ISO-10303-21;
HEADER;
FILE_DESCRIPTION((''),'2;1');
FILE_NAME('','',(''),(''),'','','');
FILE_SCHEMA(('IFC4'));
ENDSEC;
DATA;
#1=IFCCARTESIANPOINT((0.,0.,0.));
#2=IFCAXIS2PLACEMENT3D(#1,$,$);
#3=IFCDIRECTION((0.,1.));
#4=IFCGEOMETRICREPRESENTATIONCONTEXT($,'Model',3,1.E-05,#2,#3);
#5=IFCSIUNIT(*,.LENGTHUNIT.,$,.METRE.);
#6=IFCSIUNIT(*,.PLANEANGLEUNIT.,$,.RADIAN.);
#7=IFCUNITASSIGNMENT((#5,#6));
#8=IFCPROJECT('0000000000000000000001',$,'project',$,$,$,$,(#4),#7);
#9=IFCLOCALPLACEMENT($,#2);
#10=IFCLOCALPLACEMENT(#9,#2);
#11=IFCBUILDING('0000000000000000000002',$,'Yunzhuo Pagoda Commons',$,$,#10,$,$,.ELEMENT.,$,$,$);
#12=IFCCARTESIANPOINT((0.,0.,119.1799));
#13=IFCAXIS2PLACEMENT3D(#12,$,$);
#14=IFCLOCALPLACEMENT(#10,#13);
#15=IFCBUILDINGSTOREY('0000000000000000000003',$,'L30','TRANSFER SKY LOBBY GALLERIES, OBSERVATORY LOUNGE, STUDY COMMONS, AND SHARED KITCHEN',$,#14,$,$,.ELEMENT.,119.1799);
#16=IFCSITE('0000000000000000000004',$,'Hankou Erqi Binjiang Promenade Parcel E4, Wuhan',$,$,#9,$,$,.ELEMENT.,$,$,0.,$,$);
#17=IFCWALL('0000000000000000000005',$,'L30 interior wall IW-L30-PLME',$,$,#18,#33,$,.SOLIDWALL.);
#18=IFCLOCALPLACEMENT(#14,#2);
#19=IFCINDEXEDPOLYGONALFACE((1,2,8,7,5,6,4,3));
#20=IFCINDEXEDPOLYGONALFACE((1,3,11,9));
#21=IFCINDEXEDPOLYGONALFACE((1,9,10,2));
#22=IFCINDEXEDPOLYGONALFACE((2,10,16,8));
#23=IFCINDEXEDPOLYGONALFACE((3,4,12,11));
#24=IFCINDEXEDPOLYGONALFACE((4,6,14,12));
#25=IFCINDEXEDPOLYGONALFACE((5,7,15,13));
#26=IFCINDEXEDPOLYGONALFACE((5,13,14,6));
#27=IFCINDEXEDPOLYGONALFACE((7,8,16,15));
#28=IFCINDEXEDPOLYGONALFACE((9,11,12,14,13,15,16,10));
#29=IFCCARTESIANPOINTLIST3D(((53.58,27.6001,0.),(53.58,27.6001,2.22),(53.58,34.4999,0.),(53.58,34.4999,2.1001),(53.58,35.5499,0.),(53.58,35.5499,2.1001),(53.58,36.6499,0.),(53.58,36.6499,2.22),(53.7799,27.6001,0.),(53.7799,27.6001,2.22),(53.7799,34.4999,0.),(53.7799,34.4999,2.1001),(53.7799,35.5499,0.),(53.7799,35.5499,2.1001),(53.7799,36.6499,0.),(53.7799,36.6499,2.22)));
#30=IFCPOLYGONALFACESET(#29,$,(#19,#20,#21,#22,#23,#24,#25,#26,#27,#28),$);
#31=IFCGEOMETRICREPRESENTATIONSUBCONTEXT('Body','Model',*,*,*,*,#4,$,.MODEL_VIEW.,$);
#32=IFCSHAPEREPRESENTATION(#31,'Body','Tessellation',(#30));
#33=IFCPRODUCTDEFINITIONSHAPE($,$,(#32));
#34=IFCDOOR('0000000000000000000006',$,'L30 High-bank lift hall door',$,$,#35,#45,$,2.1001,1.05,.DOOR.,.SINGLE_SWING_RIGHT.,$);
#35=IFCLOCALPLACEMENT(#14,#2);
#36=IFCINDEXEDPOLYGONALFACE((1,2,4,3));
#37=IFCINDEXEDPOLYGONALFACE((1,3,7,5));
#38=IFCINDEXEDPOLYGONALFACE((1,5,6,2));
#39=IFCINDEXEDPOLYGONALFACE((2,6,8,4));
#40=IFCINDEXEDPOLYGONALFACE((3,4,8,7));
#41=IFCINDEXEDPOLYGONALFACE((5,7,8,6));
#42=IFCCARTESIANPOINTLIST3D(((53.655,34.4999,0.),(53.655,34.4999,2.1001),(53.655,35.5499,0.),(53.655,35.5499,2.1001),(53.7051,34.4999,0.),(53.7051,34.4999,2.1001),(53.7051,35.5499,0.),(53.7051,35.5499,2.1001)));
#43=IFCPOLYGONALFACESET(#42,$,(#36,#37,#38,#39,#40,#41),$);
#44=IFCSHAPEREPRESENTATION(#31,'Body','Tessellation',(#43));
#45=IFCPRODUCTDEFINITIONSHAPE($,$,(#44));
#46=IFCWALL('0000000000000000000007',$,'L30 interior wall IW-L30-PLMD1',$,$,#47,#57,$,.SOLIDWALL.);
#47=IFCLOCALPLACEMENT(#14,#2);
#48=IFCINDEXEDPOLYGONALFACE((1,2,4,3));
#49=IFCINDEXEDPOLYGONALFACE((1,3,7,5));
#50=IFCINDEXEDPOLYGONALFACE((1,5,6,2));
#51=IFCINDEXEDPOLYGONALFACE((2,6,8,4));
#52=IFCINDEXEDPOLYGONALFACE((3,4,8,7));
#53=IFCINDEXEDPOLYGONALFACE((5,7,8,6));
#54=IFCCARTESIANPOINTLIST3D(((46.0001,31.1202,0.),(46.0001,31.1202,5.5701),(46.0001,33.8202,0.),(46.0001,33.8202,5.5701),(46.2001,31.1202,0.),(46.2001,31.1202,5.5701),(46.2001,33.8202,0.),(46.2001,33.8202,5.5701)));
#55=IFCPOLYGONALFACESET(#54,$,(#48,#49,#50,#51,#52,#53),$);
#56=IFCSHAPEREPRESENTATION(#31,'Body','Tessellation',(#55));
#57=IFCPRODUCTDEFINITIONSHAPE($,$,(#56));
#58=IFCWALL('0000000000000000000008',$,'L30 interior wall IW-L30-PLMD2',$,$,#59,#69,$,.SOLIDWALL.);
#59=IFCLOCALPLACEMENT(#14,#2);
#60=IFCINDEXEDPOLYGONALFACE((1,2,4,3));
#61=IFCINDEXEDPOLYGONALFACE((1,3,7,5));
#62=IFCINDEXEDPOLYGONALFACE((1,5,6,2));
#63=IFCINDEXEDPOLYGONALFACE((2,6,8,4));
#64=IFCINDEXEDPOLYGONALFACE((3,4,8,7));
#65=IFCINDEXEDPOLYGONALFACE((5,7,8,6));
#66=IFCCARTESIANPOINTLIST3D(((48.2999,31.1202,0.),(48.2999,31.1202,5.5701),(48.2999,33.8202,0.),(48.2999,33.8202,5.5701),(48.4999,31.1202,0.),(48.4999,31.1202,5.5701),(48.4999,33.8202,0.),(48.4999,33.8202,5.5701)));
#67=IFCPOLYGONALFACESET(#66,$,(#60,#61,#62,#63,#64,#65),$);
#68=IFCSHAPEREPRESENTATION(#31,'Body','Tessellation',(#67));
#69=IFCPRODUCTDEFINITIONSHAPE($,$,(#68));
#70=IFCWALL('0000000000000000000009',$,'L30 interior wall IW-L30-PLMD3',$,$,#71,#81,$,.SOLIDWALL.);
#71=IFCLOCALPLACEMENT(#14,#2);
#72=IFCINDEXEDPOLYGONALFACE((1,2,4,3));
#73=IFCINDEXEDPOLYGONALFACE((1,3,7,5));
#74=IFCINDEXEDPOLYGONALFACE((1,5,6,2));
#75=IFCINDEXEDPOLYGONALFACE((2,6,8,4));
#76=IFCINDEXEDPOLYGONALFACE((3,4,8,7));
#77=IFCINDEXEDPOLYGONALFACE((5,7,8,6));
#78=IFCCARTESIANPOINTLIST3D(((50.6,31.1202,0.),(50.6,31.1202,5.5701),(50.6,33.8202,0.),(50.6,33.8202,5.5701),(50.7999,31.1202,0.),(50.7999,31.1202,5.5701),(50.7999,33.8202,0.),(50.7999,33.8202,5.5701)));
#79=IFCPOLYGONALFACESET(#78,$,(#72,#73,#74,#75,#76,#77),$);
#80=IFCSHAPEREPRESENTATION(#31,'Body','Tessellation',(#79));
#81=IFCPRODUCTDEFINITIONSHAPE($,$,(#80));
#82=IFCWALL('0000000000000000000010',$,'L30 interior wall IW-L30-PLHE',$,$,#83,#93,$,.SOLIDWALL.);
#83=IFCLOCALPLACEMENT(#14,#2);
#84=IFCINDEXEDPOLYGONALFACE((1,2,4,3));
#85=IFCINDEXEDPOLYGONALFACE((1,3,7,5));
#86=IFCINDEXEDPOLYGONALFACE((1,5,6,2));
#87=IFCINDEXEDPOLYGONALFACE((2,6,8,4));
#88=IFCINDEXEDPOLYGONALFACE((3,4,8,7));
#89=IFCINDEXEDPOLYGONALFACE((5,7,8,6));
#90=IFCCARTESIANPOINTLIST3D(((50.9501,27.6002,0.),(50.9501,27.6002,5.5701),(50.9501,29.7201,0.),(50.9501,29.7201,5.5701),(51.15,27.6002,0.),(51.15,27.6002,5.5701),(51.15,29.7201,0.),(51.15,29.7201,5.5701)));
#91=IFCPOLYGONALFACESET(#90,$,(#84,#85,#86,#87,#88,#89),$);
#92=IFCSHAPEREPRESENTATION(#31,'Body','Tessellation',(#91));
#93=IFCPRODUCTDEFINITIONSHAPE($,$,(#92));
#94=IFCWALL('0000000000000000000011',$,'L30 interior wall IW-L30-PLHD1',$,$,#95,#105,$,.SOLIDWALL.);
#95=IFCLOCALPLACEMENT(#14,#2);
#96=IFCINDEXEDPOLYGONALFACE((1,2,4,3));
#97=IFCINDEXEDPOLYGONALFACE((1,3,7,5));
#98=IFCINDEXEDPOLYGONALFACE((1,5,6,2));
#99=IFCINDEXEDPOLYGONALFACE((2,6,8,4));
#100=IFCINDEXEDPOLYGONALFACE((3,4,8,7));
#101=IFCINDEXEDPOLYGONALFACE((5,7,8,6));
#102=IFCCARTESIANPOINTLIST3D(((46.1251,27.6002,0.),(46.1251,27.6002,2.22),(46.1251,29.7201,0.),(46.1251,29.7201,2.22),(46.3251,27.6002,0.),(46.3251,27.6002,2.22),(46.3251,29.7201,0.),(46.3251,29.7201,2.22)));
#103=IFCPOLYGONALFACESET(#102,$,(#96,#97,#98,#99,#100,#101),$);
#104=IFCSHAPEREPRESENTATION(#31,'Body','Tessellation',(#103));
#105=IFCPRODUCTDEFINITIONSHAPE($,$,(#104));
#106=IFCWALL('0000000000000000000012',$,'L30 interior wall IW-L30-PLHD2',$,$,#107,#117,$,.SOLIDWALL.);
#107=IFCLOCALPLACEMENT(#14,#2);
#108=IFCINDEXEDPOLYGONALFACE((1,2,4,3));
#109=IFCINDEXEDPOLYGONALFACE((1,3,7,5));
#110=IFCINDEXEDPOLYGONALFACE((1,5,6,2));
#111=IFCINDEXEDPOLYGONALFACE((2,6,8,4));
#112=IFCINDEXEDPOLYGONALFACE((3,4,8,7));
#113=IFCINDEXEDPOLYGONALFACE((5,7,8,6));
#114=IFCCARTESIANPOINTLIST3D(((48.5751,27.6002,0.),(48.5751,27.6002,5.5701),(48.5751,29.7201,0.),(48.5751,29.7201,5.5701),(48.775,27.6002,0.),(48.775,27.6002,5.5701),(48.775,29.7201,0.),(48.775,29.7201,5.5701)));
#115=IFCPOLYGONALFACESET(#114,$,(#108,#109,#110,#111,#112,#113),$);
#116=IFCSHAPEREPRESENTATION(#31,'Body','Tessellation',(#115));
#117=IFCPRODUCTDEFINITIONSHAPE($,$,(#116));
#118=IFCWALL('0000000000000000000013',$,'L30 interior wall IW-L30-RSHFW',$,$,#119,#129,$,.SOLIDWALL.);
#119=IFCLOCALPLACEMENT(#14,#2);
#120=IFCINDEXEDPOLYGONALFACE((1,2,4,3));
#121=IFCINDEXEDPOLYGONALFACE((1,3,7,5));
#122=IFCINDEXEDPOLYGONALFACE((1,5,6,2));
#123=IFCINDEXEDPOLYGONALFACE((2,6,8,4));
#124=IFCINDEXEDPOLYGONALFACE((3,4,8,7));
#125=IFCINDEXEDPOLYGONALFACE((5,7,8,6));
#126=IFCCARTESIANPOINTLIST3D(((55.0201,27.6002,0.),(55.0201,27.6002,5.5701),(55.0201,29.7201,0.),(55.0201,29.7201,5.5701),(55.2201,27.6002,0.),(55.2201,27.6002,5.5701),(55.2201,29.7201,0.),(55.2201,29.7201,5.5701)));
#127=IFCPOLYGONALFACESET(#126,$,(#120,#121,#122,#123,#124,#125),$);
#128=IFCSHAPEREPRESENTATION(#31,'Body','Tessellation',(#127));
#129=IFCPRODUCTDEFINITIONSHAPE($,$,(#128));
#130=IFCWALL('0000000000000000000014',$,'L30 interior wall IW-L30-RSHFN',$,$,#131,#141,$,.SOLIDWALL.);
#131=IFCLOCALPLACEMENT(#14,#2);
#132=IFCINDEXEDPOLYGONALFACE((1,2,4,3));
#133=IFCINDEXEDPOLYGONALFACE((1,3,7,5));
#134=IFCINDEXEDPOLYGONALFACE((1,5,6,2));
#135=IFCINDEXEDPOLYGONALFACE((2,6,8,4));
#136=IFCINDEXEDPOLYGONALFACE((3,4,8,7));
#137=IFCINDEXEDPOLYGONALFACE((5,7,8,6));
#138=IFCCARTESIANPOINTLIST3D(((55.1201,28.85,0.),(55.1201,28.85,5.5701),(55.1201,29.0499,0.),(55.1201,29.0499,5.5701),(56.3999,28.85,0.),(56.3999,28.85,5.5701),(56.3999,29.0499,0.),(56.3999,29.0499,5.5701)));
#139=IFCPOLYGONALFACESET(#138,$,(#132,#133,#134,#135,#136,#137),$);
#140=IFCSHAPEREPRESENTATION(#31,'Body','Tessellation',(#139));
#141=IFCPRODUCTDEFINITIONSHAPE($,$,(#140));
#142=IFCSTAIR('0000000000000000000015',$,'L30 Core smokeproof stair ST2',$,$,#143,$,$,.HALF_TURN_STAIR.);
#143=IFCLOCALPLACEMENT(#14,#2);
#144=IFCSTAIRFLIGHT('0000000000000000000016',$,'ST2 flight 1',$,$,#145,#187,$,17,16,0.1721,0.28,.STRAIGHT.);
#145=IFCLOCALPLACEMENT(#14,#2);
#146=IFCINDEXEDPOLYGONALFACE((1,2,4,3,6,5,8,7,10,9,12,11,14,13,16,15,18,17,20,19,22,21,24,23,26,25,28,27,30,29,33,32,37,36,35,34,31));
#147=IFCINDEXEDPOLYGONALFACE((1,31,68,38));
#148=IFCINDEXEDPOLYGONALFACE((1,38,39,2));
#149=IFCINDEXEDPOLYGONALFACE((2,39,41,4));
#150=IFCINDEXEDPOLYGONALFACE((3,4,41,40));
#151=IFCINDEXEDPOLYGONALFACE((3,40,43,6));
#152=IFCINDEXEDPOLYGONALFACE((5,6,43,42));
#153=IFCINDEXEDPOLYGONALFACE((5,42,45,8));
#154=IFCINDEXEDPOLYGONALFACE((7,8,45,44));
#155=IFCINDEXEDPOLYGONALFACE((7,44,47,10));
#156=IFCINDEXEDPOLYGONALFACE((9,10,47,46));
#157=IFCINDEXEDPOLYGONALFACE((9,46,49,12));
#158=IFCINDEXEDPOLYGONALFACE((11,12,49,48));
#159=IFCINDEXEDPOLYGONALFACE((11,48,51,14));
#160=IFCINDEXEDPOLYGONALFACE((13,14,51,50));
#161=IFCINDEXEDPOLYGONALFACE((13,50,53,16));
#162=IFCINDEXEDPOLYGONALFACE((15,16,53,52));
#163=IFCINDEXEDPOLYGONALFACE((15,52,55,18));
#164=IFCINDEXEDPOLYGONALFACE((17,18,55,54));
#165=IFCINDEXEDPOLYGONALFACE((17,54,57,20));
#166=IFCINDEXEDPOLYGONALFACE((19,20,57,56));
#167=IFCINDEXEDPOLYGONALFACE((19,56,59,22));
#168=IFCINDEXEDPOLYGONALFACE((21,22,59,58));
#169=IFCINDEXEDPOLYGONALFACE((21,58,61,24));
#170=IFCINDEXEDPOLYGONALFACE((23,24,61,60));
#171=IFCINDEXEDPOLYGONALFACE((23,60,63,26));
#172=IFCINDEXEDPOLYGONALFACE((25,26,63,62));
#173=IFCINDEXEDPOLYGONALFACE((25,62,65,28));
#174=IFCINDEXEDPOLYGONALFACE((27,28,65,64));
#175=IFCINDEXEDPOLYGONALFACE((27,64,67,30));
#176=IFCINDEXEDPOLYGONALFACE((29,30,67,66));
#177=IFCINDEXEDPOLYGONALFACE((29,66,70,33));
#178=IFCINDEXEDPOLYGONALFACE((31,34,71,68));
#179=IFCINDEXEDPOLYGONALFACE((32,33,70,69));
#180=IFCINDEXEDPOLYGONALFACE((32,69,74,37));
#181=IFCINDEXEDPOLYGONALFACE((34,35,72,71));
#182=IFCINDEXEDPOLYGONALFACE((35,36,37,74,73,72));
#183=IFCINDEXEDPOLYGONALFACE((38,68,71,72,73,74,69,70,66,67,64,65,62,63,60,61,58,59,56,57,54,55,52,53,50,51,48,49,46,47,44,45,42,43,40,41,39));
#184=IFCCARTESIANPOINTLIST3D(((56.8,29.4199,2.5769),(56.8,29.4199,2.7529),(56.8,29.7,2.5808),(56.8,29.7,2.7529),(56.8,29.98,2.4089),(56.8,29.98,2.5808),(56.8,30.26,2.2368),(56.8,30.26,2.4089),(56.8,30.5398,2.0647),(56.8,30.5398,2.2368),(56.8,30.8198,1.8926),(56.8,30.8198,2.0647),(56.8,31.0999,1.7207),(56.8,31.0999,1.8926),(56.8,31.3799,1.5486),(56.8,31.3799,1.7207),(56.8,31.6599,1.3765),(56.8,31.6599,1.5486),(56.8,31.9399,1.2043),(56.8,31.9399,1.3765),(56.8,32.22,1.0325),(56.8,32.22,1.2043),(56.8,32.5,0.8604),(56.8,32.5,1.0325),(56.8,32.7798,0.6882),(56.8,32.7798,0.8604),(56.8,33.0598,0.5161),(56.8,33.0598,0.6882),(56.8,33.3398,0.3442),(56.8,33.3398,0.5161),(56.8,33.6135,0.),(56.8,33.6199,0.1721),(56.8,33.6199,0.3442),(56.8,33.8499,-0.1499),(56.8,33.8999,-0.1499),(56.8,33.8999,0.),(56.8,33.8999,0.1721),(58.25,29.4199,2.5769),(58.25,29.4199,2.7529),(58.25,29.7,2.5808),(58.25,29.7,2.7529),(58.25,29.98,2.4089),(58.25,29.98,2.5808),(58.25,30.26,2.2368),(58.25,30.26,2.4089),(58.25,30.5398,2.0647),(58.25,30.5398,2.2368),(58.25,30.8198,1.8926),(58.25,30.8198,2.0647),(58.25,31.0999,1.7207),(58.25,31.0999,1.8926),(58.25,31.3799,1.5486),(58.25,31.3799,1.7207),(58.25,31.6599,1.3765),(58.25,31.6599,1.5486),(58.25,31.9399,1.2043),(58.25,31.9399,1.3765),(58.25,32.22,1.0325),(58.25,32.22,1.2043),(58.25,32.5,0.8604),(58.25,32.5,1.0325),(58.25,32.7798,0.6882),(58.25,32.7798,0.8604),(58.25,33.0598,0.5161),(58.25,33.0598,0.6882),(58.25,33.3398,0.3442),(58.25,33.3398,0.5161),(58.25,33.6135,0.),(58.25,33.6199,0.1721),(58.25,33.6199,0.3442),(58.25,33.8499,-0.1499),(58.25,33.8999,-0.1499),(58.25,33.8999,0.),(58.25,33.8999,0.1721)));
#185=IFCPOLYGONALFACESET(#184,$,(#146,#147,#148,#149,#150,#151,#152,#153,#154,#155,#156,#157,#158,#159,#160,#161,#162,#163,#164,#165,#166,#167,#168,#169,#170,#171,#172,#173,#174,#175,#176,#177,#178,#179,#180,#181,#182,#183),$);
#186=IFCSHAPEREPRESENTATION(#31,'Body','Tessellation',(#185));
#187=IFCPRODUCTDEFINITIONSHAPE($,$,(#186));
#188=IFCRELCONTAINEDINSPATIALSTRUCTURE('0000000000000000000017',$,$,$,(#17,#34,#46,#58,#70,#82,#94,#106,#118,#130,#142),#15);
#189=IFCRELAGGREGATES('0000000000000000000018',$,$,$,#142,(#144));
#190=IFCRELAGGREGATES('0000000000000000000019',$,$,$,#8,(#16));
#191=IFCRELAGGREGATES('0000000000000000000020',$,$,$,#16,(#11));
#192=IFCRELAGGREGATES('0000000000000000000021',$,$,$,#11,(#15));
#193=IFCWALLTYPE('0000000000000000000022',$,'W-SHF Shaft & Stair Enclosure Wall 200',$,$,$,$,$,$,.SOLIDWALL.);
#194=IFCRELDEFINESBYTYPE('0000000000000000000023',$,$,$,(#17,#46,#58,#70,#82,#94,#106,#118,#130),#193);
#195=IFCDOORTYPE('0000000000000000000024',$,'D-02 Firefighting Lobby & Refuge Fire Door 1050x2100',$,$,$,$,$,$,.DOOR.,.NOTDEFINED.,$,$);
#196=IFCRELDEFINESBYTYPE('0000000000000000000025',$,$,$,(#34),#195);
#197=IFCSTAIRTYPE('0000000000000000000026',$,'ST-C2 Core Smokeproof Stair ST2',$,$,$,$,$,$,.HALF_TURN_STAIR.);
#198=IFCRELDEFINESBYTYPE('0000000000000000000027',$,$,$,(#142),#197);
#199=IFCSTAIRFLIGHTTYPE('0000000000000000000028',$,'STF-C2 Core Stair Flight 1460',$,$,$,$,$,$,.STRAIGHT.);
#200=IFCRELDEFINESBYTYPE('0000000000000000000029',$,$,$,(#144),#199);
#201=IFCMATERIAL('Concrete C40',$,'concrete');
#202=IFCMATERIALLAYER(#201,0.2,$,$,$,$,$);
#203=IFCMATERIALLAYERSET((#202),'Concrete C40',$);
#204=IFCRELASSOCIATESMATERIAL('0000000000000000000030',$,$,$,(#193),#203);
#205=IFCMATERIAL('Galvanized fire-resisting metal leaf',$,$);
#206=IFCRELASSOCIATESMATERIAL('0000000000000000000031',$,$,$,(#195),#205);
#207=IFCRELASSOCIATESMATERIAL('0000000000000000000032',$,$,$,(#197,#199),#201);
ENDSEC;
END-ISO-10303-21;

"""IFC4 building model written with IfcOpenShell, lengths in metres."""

from ifc_helpers import new_model, si_unit, direction, frame, frame_2d, origin, origin_with_axes, place, context, subcontext, project, spatial, polyline, rectangle, outline, extrude, source, transform, mapped, material, layer, layer_set, type_object, element, fill, aggregate, save


model = new_model("IFC4")

# Units and contexts
model_context = context("Model", 3, precision=1e-05, world=origin(), true_north=direction((0.0, 1.0)))
body_context = subcontext(model_context, "Body", "Model", "MODEL_VIEW")
ifc_project = project(units=[si_unit("LENGTHUNIT", "METRE"), si_unit("PLANEANGLEUNIT", "RADIAN")], contexts=[model_context])

# Site, building, storey
site_placement = place(None, origin())
site = spatial("IfcSite", under=ifc_project, at=site_placement, Name="Hankou Erqi Binjiang Promenade Parcel E4, Wuhan", CompositionType="ELEMENT", RefElevation=0.0)
building_placement = place(site_placement, origin())
building = spatial("IfcBuilding", under=site, at=building_placement, Name="Yunzhuo Pagoda Commons", CompositionType="ELEMENT")
storey_placement = place(building_placement, frame((0.0, 0.0, 119.1799)))
storey = spatial("IfcBuildingStorey", under=building, at=storey_placement, Name="L30", Description="TRANSFER SKY LOBBY GALLERIES, OBSERVATORY LOUNGE, STUDY COMMONS, AND SHARED KITCHEN", CompositionType="ELEMENT", Elevation=119.1799)

# Wall, opening, door
ifc_material_1 = material(Name="Galvanized fire-resisting metal leaf")
ifc_material_2 = material(Name="Concrete C40", Category="concrete")
ifc_layer_1 = layer(ifc_material_2, 0.2)
ifc_layer_set_1 = layer_set([ifc_layer_1], Name="Concrete C40")
wall_type_1 = type_object("IfcWallType", Name="W-SHF Shaft & Stair Enclosure Wall 200", PredefinedType="SOLIDWALL", material=ifc_layer_set_1)
wall_1_placement = place(storey_placement, frame((53.6799, 27.6001, 0.0), z_axis=(0.0, 0.0, 1.0), x_axis=(0.0, 1.0, 0.0)))
wall_1 = element("IfcWall", 1, at=wall_1_placement, inside=storey, type_object=wall_type_1, Name="L30 interior wall IW-L30-PLME", PredefinedType="SOLIDWALL", context=body_context, shape_type="SweptSolid", body=[
    extrude(rectangle(XDim=9.0498, YDim=0.2, at=frame_2d((4.5249, 0.0))), origin(), (0.0, 0.0, 1.0), 2.22),
])
opening_1_placement = place(wall_1_placement, frame((6.8999, 0.0, 0.0)))
opening_1 = element("IfcOpeningElement", 2, at=opening_1_placement, cuts=wall_1, PredefinedType="OPENING", context=body_context, shape_type="SweptSolid", body=[
    extrude(rectangle(XDim=1.05, YDim=2.1001, at=frame_2d((0.5249, 1.05))), frame((0.0, 0.1099, 0.0), z_axis=(0.0, -1.0, 0.0), x_axis=(1.0, 0.0, 0.0)), (0.0, 0.0, 1.0), 0.22),
])
door_type_1 = type_object("IfcDoorType", Name="D-02 Firefighting Lobby & Refuge Fire Door 1050x2100", OperationType="NOTDEFINED", PredefinedType="DOOR", material=ifc_material_1)
shared_shape_1 = source(origin(), body_context, "Body", "SweptSolid", [
    extrude(rectangle(XDim=1.05, YDim=2.1001, at=frame_2d((0.5249, 1.05))), frame((0.0, 0.0249, 0.0), z_axis=(0.0, -1.0, 0.0), x_axis=(1.0, 0.0, 0.0)), (0.0, 0.0, 1.0), 0.05),
])
door_1_placement = place(opening_1_placement, origin_with_axes())
door_1 = element("IfcDoor", 3, at=door_1_placement, inside=storey, type_object=door_type_1, Name="L30 High-bank lift hall door", OperationType="SINGLE_SWING_RIGHT", OverallHeight=2.1001, OverallWidth=1.05, PredefinedType="DOOR", context=body_context, shape_type="MappedRepresentation", body=[
    mapped(shared_shape_1, transform((0.0, 0.0, 0.0), scale=1.0)),
])
fill(opening_1, door_1)

# Walls
for number, where, z_axis, x_axis, name in (
    (4, (46.1001, 31.1201, 0.0), (0.0, 0.0, 1.0), (0.0, 1.0, 0.0), "L30 interior wall IW-L30-PLMD1"),
    (5, (48.3999, 31.1201, 0.0), (0.0, 0.0, 1.0), (0.0, 1.0, 0.0), "L30 interior wall IW-L30-PLMD2"),
    (6, (50.7, 31.1201, 0.0), (0.0, 0.0, 1.0), (0.0, 1.0, 0.0), "L30 interior wall IW-L30-PLMD3"),
):
    element("IfcWall", number, at=place(storey_placement, frame(where, z_axis=z_axis, x_axis=x_axis)), inside=storey, type_object=wall_type_1, Name=name, PredefinedType="SOLIDWALL", context=body_context, shape_type="SweptSolid", body=[
        extrude(rectangle(XDim=2.7, YDim=0.2, at=frame_2d((1.3501, 0.0))), origin(), (0.0, 0.0, 1.0), 5.5701),
    ])
wall_2_placement = place(storey_placement, frame((51.05, 27.6001, 0.0), z_axis=(0.0, 0.0, 1.0), x_axis=(0.0, 1.0, 0.0)))
element("IfcWall", 7, at=wall_2_placement, inside=storey, type_object=wall_type_1, Name="L30 interior wall IW-L30-PLHE", PredefinedType="SOLIDWALL", context=body_context, shape_type="SweptSolid", body=[
    extrude(rectangle(XDim=2.1199, YDim=0.2, at=frame_2d((1.0601, 0.0))), origin(), (0.0, 0.0, 1.0), 5.5701),
])
wall_3_placement = place(storey_placement, frame((46.2251, 27.6001, 0.0), z_axis=(0.0, 0.0, 1.0), x_axis=(0.0, 1.0, 0.0)))
element("IfcWall", 8, at=wall_3_placement, inside=storey, type_object=wall_type_1, Name="L30 interior wall IW-L30-PLHD1", PredefinedType="SOLIDWALL", context=body_context, shape_type="SweptSolid", body=[
    extrude(rectangle(XDim=2.1199, YDim=0.2, at=frame_2d((1.0601, 0.0))), origin(), (0.0, 0.0, 1.0), 2.22),
])
for number, where, z_axis, x_axis, name in (
    (9, (48.675, 27.6001, 0.0), (0.0, 0.0, 1.0), (0.0, 1.0, 0.0), "L30 interior wall IW-L30-PLHD2"),
    (10, (55.1201, 27.6001, 0.0), (0.0, 0.0, 1.0), (0.0, 1.0, 0.0), "L30 interior wall IW-L30-RSHFW"),
):
    element("IfcWall", number, at=place(storey_placement, frame(where, z_axis=z_axis, x_axis=x_axis)), inside=storey, type_object=wall_type_1, Name=name, PredefinedType="SOLIDWALL", context=body_context, shape_type="SweptSolid", body=[
        extrude(rectangle(XDim=2.1199, YDim=0.2, at=frame_2d((1.0601, 0.0))), origin(), (0.0, 0.0, 1.0), 5.5701),
    ])
wall_4_placement = place(storey_placement, frame((55.1201, 28.95, 0.0), z_axis=(0.0, 0.0, 1.0), x_axis=(1.0, 0.0, 0.0)))
element("IfcWall", 11, at=wall_4_placement, inside=storey, type_object=wall_type_1, Name="L30 interior wall IW-L30-RSHFN", PredefinedType="SOLIDWALL", context=body_context, shape_type="SweptSolid", body=[
    extrude(rectangle(XDim=1.2798, YDim=0.2, at=frame_2d((0.6399, 0.0))), origin(), (0.0, 0.0, 1.0), 5.5701),
])

# Stair, stair flight
stair_type = type_object("IfcStairType", Name="ST-C2 Core Smokeproof Stair ST2", PredefinedType="HALF_TURN_STAIR", material=ifc_material_2)
stair_placement = place(storey_placement, origin())
stair = element("IfcStair", 12, at=stair_placement, inside=storey, type_object=stair_type, Name="L30 Core smokeproof stair ST2", PredefinedType="HALF_TURN_STAIR")
stair_flight_type = type_object("IfcStairFlightType", Name="STF-C2 Core Stair Flight 1460", PredefinedType="STRAIGHT", material=ifc_material_2)
shared_shape_2 = source(origin(), body_context, "Body", "SweptSolid", [
    extrude(outline(polyline([(0.0, -0.1499), (0.0, 0.0), (0.0, 0.1721), (0.28, 0.1721), (0.28, 0.3442), (0.5601, 0.3442), (0.5601, 0.5161), (0.8401, 0.5161), (0.8401, 0.6882), (1.1201, 0.6882), (1.1201, 0.8604), (1.3999, 0.8604), (1.3999, 1.0325), (1.6799, 1.0325), (1.6799, 1.2043), (1.96, 1.2043), (1.96, 1.3765), (2.24, 1.3765), (2.24, 1.5486), (2.52, 1.5486), (2.52, 1.7207), (2.8, 1.7207), (2.8, 1.8926), (3.0801, 1.8926), (3.0801, 2.0647), (3.3601, 2.0647), (3.3601, 2.2368), (3.6399, 2.2368), (3.6399, 2.4089), (3.9199, 2.4089), (3.9199, 2.5808), (4.2, 2.5808), (4.2, 2.7529), (4.48, 2.7529), (4.48, 2.925), (4.48, 2.5769), (0.2864, 0.0), (0.05, -0.1499), (0.0, -0.1499)])), frame((0.0, 0.7251, 0.0), z_axis=(0.0, -1.0, 0.0), x_axis=(1.0, 0.0, 0.0)), (0.0, 0.0, 1.0), 1.45),
])
stair_flight_placement = place(storey_placement, frame((57.5249, 33.8999, 0.0), z_axis=(0.0, 0.0, 1.0), x_axis=(0.0, -1.0, 0.0)))
stair_flight = element("IfcStairFlight", 13, at=stair_flight_placement, type_object=stair_flight_type, Name="ST2 flight 1", NumberOfRisers=17, NumberOfTreads=16, PredefinedType="STRAIGHT", RiserHeight=0.1721, TreadLength=0.28, context=body_context, shape_type="MappedRepresentation", body=[
    mapped(shared_shape_2, transform((0.0, 0.0, 0.0), scale=1.0)),
])
aggregate(stair, [stair_flight])

save(model, "model.ifc")
